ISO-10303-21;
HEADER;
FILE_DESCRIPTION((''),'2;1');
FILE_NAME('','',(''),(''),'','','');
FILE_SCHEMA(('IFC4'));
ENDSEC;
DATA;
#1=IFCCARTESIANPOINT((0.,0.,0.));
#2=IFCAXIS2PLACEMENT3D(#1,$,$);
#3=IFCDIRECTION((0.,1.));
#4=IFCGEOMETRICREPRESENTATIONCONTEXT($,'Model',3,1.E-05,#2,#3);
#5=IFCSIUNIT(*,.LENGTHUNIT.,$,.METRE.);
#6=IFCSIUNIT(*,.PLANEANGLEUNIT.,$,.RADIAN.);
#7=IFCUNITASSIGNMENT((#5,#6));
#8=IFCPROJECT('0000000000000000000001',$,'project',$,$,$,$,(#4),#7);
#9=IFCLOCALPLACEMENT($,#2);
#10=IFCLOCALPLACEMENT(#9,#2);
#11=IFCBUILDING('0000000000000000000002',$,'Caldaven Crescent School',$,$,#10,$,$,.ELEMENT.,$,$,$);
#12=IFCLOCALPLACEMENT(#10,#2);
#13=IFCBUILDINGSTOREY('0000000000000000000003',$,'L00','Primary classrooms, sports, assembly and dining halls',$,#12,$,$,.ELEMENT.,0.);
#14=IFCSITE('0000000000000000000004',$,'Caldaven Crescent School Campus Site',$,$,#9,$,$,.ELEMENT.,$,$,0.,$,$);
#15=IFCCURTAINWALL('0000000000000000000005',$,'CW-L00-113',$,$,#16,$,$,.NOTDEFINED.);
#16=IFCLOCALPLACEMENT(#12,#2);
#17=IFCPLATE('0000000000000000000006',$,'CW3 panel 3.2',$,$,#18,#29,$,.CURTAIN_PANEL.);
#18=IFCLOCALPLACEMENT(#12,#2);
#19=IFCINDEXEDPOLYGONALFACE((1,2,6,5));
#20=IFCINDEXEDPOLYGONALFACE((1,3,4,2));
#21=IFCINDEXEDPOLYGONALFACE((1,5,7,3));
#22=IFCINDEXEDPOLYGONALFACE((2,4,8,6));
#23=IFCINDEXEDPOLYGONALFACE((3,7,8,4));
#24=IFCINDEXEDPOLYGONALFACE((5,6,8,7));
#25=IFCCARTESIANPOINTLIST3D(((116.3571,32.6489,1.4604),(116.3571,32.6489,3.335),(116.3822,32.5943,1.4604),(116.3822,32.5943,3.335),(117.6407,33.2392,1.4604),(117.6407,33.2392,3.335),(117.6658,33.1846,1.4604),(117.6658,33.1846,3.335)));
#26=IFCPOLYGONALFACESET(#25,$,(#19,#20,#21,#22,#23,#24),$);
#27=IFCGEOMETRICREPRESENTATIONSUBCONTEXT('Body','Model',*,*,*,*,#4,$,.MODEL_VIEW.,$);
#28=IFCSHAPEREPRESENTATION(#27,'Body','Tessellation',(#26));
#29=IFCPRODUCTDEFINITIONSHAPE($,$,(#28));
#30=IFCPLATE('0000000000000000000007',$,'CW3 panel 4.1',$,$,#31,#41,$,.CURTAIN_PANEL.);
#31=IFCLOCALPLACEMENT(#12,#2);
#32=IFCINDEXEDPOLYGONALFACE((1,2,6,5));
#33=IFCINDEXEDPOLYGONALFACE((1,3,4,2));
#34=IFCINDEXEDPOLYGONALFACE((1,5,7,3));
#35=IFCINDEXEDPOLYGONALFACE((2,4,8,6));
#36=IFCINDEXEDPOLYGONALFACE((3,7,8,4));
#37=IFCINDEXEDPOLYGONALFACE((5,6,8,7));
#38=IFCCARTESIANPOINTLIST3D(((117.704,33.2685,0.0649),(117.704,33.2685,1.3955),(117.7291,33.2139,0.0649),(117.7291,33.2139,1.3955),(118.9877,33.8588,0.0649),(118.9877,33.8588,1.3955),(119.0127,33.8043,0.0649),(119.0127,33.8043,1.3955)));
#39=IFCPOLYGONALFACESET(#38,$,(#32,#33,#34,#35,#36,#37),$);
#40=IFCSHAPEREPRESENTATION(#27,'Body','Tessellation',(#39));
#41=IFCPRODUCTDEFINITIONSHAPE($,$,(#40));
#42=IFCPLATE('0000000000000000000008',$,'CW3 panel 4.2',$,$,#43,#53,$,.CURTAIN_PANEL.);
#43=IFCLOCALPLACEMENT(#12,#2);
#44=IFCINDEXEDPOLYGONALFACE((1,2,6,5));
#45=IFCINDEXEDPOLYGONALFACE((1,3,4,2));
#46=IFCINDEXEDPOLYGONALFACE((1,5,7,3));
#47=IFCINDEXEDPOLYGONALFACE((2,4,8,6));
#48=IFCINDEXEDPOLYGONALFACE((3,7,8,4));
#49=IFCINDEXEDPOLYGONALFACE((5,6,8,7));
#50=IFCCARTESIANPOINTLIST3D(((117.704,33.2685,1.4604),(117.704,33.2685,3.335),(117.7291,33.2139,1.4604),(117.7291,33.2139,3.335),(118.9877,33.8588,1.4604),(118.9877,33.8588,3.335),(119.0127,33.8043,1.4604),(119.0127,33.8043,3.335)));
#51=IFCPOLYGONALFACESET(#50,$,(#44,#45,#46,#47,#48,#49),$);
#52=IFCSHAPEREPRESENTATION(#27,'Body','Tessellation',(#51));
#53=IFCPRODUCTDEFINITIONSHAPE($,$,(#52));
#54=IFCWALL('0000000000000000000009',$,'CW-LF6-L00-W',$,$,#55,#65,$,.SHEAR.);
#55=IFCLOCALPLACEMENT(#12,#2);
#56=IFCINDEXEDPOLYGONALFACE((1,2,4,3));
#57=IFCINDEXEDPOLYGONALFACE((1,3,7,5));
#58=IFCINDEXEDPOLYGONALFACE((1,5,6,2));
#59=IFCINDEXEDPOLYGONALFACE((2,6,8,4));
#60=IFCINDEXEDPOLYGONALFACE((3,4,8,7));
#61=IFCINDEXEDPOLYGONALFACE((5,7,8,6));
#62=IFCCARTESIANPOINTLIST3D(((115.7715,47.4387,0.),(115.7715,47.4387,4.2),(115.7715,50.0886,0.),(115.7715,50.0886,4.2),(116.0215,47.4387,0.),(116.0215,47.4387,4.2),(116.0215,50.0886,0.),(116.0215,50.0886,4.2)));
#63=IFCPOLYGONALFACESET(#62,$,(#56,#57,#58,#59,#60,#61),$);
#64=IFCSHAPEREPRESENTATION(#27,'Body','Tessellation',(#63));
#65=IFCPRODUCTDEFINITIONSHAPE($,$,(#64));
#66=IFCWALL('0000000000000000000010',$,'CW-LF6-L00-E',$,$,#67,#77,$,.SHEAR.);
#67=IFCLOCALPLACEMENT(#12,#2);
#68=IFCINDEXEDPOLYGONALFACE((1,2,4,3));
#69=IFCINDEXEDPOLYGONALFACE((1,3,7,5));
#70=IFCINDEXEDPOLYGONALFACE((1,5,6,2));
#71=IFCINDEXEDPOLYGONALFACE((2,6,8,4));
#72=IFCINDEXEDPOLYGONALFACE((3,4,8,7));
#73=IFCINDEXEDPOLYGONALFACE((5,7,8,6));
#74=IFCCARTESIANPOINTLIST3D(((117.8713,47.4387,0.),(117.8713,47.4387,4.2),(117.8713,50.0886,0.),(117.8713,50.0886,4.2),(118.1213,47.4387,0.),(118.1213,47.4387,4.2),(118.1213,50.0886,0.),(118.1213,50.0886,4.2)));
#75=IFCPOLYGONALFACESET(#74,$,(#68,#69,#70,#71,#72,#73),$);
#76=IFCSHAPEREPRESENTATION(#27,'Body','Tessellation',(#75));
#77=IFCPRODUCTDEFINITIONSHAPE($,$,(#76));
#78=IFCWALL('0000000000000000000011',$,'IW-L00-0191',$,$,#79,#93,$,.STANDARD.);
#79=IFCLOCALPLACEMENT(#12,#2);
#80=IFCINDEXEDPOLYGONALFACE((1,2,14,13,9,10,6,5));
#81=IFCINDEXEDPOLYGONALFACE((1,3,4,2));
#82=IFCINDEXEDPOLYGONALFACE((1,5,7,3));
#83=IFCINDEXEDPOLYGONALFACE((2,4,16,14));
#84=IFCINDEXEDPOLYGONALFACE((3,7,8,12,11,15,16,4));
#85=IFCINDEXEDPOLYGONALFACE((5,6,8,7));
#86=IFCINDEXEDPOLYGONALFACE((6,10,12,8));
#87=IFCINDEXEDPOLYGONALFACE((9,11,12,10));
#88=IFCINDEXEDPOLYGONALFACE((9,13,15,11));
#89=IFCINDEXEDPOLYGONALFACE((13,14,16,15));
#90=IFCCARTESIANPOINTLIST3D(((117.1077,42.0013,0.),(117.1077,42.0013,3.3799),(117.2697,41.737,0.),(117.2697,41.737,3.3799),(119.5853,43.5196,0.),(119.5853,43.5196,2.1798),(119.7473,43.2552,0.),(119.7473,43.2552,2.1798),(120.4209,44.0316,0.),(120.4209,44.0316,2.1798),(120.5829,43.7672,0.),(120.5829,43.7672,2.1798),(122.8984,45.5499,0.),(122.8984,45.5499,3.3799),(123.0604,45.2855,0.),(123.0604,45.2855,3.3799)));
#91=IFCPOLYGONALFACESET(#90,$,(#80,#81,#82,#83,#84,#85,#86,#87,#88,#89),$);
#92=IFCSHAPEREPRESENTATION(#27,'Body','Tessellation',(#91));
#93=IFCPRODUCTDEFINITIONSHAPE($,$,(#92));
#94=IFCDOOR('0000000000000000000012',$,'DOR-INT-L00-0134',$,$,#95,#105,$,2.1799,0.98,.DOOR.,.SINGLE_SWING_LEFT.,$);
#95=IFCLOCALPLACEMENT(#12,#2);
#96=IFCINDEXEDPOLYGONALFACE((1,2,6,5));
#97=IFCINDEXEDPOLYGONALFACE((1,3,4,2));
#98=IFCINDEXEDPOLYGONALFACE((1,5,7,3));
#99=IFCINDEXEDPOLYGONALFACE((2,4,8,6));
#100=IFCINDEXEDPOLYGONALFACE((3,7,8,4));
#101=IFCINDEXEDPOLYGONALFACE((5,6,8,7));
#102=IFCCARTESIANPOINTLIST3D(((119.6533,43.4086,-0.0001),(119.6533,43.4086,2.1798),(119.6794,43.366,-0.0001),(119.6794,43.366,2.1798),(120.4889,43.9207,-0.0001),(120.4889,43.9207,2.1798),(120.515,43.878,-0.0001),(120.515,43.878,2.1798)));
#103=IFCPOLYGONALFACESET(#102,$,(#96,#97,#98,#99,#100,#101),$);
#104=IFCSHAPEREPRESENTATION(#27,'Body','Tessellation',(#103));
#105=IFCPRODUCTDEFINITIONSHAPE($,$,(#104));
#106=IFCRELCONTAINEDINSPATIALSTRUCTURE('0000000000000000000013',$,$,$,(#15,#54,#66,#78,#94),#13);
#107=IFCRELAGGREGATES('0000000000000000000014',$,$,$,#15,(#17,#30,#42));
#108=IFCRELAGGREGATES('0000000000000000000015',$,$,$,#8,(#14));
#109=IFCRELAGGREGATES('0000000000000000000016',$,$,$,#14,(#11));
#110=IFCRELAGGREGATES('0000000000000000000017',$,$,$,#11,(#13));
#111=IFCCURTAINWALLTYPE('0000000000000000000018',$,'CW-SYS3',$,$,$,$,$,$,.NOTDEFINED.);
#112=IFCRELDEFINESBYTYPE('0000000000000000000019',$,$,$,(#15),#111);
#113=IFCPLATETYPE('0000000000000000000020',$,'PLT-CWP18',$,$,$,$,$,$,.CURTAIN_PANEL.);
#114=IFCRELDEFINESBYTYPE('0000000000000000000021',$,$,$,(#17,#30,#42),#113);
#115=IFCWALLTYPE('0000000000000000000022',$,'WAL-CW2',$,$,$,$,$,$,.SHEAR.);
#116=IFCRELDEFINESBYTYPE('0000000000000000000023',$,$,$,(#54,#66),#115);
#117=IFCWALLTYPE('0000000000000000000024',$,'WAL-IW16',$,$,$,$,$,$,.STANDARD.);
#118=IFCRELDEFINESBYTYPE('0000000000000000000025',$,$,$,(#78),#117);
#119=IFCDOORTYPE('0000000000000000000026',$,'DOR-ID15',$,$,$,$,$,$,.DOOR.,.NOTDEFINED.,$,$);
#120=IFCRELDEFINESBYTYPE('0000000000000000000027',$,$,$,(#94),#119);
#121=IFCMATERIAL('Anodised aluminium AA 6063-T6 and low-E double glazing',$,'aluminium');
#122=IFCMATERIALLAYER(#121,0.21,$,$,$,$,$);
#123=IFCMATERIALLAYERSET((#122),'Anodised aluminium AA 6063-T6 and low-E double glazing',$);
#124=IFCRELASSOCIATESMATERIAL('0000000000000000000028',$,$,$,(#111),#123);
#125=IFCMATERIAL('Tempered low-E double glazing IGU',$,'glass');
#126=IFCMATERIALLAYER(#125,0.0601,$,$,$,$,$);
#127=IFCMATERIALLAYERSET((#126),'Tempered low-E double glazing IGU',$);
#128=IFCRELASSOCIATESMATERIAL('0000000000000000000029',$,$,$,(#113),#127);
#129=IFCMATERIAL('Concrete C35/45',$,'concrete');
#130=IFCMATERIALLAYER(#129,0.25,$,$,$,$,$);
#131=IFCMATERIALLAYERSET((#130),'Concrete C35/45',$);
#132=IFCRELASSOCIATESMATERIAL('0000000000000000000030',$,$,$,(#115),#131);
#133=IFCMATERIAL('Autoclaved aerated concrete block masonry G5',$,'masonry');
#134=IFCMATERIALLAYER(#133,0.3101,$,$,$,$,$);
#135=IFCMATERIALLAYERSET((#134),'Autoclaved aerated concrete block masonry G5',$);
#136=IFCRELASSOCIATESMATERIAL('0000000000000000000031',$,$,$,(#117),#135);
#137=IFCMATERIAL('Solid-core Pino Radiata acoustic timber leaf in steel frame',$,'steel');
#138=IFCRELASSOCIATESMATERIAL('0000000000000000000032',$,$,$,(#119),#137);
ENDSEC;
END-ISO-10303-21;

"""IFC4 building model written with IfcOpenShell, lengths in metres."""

from ifc_helpers import new_model, si_unit, direction, frame, frame_2d, origin, origin_2d, place, context, subcontext, project, spatial, rectangle, extrude, material, layer, layer_set, type_object, element, fill, aggregate, save


model = new_model("IFC4")

# Units and contexts
model_context = context("Model", 3, precision=1e-05, world=origin(), true_north=direction((0.0, 1.0)))
body_context = subcontext(model_context, "Body", "Model", "MODEL_VIEW")
ifc_project = project(units=[si_unit("LENGTHUNIT", "METRE"), si_unit("PLANEANGLEUNIT", "RADIAN")], contexts=[model_context])

# Site, building, storey
site_placement = place(None, origin())
site = spatial("IfcSite", under=ifc_project, at=site_placement, Name="Caldaven Crescent School Campus Site", CompositionType="ELEMENT", RefElevation=0.0)
building_placement = place(site_placement, origin())
building = spatial("IfcBuilding", under=site, at=building_placement, Name="Caldaven Crescent School", CompositionType="ELEMENT")
storey_placement = place(building_placement, origin())
storey = spatial("IfcBuildingStorey", under=building, at=storey_placement, Name="L00", Description="Primary classrooms, sports, assembly and dining halls", CompositionType="ELEMENT", Elevation=0.0)

# Shared definitions
ifc_material_1 = material(Name="Concrete C35/45", Category="concrete")

# Curtain wall
ifc_material_2 = material(Name="Anodised aluminium AA 6063-T6 and low-E double glazing", Category="aluminium")
ifc_layer_1 = layer(ifc_material_2, 0.21)
ifc_layer_set_1 = layer_set([ifc_layer_1], Name="Anodised aluminium AA 6063-T6 and low-E double glazing")
curtain_wall_type = type_object("IfcCurtainWallType", Name="CW-SYS3", PredefinedType="NOTDEFINED", material=ifc_layer_set_1)
curtain_wall_placement = place(storey_placement, origin())
curtain_wall = element("IfcCurtainWall", 1, at=curtain_wall_placement, inside=storey, type_object=curtain_wall_type, Name="CW-L00-113", PredefinedType="NOTDEFINED")

# Plates
ifc_material_3 = material(Name="Tempered low-E double glazing IGU", Category="glass")
ifc_layer_2 = layer(ifc_material_3, 0.0601)
ifc_layer_set_2 = layer_set([ifc_layer_2], Name="Tempered low-E double glazing IGU")
plate_type = type_object("IfcPlateType", Name="PLT-CWP18", PredefinedType="CURTAIN_PANEL", material=ifc_layer_set_2)
plate_1_placement = place(storey_placement, frame((117.0115, 32.9167, 1.4604), z_axis=(0.0, 0.0, 1.0), x_axis=(0.908528, 0.417823, 0.0)))
plate_1 = element("IfcPlate", 2, at=plate_1_placement, type_object=plate_type, Name="CW3 panel 3.2", PredefinedType="CURTAIN_PANEL", context=body_context, shape_type="SweptSolid", body=[
    extrude(rectangle(XDim=1.4128, YDim=0.0601, at=origin_2d()), origin(), (0.0, 0.0, 1.0), 1.8745),
])
plate_2_placement = place(storey_placement, frame((118.3584, 33.5364, 0.0649), z_axis=(0.0, 0.0, 1.0), x_axis=(0.908528, 0.417823, 0.0)))
plate_2 = element("IfcPlate", 3, at=plate_2_placement, type_object=plate_type, Name="CW3 panel 4.1", PredefinedType="CURTAIN_PANEL", context=body_context, shape_type="SweptSolid", body=[
    extrude(rectangle(XDim=1.4128, YDim=0.0601, at=origin_2d()), origin(), (0.0, 0.0, 1.0), 1.3306),
])
plate_3_placement = place(storey_placement, frame((118.3584, 33.5364, 1.4604), z_axis=(0.0, 0.0, 1.0), x_axis=(0.908528, 0.417823, 0.0)))
plate_3 = element("IfcPlate", 4, at=plate_3_placement, type_object=plate_type, Name="CW3 panel 4.2", PredefinedType="CURTAIN_PANEL", context=body_context, shape_type="SweptSolid", body=[
    extrude(rectangle(XDim=1.4128, YDim=0.0601, at=origin_2d()), origin(), (0.0, 0.0, 1.0), 1.8745),
])
aggregate(curtain_wall, [plate_1, plate_2, plate_3])

# Walls
ifc_layer_3 = layer(ifc_material_1, 0.25)
ifc_layer_set_3 = layer_set([ifc_layer_3], Name="Concrete C35/45")
wall_type_1 = type_object("IfcWallType", Name="WAL-CW2", PredefinedType="SHEAR", material=ifc_layer_set_3)
for number, where, z_axis, x_axis, name in (
    (5, (115.8965, 47.4387, 0.0), (0.0, 0.0, 1.0), (0.0, 1.0, 0.0), "CW-LF6-L00-W"),
    (6, (117.9963, 47.4387, 0.0), (0.0, 0.0, 1.0), (0.0, 1.0, 0.0), "CW-LF6-L00-E"),
):
    element("IfcWall", number, at=place(storey_placement, frame(where, z_axis=z_axis, x_axis=x_axis)), inside=storey, type_object=wall_type_1, Name=name, PredefinedType="SHEAR", context=body_context, shape_type="SweptSolid", body=[
        extrude(rectangle(XDim=2.6499, YDim=0.25, at=frame_2d((1.325, 0.0))), origin(), (0.0, 0.0, 1.0), 4.2),
    ])

# Wall, opening, door
ifc_material_4 = material(Name="Autoclaved aerated concrete block masonry G5", Category="masonry")
ifc_layer_4 = layer(ifc_material_4, 0.3101)
ifc_layer_set_4 = layer_set([ifc_layer_4], Name="Autoclaved aerated concrete block masonry G5")
wall_type_2 = type_object("IfcWallType", Name="WAL-IW16", PredefinedType="STANDARD", material=ifc_layer_set_4)
wall_1_placement = place(storey_placement, frame((117.1887, 41.8691, 0.0), z_axis=(0.0, 0.0, 1.0), x_axis=(0.852641, 0.522498, 0.0)))
wall_1 = element("IfcWall", 7, at=wall_1_placement, inside=storey, type_object=wall_type_2, Name="IW-L00-0191", PredefinedType="STANDARD", context=body_context, shape_type="SweptSolid", body=[
    extrude(rectangle(XDim=6.7915, YDim=0.3101, at=frame_2d((3.3958, 0.0))), origin(), (0.0, 0.0, 1.0), 3.3799),
])
opening_1_placement = place(wall_1_placement, frame((2.9058, 0.0, 0.0)))
opening_1 = element("IfcOpeningElement", 8, at=opening_1_placement, cuts=wall_1, PredefinedType="OPENING", context=body_context, shape_type="SweptSolid", body=[
    extrude(rectangle(XDim=0.98, YDim=2.1799, at=frame_2d((0.49, 1.0898))), frame((0.0, 0.165, 0.0), z_axis=(0.0, -1.0, 0.0), x_axis=(1.0, 0.0, 0.0)), (0.0, 0.0, 1.0), 0.3301),
])
ifc_material_5 = material(Name="Solid-core Pino Radiata acoustic timber leaf in steel frame", Category="steel")
door_type_1 = type_object("IfcDoorType", Name="DOR-ID15", OperationType="NOTDEFINED", PredefinedType="DOOR", material=ifc_material_5)
door_1_placement = place(opening_1_placement, origin())
door_1 = element("IfcDoor", 9, at=door_1_placement, inside=storey, type_object=door_type_1, Name="DOR-INT-L00-0134", OperationType="SINGLE_SWING_LEFT", OverallHeight=2.1799, OverallWidth=0.98, PredefinedType="DOOR", context=body_context, shape_type="SweptSolid", body=[
    extrude(rectangle(XDim=0.98, YDim=2.1799, at=frame_2d((0.49, 1.0898))), frame((0.0, 0.0249, 0.0), z_axis=(0.0, -1.0, 0.0), x_axis=(1.0, 0.0, 0.0)), (0.0, 0.0, 1.0), 0.05),
])
fill(opening_1, door_1)

save(model, "model.ifc")
